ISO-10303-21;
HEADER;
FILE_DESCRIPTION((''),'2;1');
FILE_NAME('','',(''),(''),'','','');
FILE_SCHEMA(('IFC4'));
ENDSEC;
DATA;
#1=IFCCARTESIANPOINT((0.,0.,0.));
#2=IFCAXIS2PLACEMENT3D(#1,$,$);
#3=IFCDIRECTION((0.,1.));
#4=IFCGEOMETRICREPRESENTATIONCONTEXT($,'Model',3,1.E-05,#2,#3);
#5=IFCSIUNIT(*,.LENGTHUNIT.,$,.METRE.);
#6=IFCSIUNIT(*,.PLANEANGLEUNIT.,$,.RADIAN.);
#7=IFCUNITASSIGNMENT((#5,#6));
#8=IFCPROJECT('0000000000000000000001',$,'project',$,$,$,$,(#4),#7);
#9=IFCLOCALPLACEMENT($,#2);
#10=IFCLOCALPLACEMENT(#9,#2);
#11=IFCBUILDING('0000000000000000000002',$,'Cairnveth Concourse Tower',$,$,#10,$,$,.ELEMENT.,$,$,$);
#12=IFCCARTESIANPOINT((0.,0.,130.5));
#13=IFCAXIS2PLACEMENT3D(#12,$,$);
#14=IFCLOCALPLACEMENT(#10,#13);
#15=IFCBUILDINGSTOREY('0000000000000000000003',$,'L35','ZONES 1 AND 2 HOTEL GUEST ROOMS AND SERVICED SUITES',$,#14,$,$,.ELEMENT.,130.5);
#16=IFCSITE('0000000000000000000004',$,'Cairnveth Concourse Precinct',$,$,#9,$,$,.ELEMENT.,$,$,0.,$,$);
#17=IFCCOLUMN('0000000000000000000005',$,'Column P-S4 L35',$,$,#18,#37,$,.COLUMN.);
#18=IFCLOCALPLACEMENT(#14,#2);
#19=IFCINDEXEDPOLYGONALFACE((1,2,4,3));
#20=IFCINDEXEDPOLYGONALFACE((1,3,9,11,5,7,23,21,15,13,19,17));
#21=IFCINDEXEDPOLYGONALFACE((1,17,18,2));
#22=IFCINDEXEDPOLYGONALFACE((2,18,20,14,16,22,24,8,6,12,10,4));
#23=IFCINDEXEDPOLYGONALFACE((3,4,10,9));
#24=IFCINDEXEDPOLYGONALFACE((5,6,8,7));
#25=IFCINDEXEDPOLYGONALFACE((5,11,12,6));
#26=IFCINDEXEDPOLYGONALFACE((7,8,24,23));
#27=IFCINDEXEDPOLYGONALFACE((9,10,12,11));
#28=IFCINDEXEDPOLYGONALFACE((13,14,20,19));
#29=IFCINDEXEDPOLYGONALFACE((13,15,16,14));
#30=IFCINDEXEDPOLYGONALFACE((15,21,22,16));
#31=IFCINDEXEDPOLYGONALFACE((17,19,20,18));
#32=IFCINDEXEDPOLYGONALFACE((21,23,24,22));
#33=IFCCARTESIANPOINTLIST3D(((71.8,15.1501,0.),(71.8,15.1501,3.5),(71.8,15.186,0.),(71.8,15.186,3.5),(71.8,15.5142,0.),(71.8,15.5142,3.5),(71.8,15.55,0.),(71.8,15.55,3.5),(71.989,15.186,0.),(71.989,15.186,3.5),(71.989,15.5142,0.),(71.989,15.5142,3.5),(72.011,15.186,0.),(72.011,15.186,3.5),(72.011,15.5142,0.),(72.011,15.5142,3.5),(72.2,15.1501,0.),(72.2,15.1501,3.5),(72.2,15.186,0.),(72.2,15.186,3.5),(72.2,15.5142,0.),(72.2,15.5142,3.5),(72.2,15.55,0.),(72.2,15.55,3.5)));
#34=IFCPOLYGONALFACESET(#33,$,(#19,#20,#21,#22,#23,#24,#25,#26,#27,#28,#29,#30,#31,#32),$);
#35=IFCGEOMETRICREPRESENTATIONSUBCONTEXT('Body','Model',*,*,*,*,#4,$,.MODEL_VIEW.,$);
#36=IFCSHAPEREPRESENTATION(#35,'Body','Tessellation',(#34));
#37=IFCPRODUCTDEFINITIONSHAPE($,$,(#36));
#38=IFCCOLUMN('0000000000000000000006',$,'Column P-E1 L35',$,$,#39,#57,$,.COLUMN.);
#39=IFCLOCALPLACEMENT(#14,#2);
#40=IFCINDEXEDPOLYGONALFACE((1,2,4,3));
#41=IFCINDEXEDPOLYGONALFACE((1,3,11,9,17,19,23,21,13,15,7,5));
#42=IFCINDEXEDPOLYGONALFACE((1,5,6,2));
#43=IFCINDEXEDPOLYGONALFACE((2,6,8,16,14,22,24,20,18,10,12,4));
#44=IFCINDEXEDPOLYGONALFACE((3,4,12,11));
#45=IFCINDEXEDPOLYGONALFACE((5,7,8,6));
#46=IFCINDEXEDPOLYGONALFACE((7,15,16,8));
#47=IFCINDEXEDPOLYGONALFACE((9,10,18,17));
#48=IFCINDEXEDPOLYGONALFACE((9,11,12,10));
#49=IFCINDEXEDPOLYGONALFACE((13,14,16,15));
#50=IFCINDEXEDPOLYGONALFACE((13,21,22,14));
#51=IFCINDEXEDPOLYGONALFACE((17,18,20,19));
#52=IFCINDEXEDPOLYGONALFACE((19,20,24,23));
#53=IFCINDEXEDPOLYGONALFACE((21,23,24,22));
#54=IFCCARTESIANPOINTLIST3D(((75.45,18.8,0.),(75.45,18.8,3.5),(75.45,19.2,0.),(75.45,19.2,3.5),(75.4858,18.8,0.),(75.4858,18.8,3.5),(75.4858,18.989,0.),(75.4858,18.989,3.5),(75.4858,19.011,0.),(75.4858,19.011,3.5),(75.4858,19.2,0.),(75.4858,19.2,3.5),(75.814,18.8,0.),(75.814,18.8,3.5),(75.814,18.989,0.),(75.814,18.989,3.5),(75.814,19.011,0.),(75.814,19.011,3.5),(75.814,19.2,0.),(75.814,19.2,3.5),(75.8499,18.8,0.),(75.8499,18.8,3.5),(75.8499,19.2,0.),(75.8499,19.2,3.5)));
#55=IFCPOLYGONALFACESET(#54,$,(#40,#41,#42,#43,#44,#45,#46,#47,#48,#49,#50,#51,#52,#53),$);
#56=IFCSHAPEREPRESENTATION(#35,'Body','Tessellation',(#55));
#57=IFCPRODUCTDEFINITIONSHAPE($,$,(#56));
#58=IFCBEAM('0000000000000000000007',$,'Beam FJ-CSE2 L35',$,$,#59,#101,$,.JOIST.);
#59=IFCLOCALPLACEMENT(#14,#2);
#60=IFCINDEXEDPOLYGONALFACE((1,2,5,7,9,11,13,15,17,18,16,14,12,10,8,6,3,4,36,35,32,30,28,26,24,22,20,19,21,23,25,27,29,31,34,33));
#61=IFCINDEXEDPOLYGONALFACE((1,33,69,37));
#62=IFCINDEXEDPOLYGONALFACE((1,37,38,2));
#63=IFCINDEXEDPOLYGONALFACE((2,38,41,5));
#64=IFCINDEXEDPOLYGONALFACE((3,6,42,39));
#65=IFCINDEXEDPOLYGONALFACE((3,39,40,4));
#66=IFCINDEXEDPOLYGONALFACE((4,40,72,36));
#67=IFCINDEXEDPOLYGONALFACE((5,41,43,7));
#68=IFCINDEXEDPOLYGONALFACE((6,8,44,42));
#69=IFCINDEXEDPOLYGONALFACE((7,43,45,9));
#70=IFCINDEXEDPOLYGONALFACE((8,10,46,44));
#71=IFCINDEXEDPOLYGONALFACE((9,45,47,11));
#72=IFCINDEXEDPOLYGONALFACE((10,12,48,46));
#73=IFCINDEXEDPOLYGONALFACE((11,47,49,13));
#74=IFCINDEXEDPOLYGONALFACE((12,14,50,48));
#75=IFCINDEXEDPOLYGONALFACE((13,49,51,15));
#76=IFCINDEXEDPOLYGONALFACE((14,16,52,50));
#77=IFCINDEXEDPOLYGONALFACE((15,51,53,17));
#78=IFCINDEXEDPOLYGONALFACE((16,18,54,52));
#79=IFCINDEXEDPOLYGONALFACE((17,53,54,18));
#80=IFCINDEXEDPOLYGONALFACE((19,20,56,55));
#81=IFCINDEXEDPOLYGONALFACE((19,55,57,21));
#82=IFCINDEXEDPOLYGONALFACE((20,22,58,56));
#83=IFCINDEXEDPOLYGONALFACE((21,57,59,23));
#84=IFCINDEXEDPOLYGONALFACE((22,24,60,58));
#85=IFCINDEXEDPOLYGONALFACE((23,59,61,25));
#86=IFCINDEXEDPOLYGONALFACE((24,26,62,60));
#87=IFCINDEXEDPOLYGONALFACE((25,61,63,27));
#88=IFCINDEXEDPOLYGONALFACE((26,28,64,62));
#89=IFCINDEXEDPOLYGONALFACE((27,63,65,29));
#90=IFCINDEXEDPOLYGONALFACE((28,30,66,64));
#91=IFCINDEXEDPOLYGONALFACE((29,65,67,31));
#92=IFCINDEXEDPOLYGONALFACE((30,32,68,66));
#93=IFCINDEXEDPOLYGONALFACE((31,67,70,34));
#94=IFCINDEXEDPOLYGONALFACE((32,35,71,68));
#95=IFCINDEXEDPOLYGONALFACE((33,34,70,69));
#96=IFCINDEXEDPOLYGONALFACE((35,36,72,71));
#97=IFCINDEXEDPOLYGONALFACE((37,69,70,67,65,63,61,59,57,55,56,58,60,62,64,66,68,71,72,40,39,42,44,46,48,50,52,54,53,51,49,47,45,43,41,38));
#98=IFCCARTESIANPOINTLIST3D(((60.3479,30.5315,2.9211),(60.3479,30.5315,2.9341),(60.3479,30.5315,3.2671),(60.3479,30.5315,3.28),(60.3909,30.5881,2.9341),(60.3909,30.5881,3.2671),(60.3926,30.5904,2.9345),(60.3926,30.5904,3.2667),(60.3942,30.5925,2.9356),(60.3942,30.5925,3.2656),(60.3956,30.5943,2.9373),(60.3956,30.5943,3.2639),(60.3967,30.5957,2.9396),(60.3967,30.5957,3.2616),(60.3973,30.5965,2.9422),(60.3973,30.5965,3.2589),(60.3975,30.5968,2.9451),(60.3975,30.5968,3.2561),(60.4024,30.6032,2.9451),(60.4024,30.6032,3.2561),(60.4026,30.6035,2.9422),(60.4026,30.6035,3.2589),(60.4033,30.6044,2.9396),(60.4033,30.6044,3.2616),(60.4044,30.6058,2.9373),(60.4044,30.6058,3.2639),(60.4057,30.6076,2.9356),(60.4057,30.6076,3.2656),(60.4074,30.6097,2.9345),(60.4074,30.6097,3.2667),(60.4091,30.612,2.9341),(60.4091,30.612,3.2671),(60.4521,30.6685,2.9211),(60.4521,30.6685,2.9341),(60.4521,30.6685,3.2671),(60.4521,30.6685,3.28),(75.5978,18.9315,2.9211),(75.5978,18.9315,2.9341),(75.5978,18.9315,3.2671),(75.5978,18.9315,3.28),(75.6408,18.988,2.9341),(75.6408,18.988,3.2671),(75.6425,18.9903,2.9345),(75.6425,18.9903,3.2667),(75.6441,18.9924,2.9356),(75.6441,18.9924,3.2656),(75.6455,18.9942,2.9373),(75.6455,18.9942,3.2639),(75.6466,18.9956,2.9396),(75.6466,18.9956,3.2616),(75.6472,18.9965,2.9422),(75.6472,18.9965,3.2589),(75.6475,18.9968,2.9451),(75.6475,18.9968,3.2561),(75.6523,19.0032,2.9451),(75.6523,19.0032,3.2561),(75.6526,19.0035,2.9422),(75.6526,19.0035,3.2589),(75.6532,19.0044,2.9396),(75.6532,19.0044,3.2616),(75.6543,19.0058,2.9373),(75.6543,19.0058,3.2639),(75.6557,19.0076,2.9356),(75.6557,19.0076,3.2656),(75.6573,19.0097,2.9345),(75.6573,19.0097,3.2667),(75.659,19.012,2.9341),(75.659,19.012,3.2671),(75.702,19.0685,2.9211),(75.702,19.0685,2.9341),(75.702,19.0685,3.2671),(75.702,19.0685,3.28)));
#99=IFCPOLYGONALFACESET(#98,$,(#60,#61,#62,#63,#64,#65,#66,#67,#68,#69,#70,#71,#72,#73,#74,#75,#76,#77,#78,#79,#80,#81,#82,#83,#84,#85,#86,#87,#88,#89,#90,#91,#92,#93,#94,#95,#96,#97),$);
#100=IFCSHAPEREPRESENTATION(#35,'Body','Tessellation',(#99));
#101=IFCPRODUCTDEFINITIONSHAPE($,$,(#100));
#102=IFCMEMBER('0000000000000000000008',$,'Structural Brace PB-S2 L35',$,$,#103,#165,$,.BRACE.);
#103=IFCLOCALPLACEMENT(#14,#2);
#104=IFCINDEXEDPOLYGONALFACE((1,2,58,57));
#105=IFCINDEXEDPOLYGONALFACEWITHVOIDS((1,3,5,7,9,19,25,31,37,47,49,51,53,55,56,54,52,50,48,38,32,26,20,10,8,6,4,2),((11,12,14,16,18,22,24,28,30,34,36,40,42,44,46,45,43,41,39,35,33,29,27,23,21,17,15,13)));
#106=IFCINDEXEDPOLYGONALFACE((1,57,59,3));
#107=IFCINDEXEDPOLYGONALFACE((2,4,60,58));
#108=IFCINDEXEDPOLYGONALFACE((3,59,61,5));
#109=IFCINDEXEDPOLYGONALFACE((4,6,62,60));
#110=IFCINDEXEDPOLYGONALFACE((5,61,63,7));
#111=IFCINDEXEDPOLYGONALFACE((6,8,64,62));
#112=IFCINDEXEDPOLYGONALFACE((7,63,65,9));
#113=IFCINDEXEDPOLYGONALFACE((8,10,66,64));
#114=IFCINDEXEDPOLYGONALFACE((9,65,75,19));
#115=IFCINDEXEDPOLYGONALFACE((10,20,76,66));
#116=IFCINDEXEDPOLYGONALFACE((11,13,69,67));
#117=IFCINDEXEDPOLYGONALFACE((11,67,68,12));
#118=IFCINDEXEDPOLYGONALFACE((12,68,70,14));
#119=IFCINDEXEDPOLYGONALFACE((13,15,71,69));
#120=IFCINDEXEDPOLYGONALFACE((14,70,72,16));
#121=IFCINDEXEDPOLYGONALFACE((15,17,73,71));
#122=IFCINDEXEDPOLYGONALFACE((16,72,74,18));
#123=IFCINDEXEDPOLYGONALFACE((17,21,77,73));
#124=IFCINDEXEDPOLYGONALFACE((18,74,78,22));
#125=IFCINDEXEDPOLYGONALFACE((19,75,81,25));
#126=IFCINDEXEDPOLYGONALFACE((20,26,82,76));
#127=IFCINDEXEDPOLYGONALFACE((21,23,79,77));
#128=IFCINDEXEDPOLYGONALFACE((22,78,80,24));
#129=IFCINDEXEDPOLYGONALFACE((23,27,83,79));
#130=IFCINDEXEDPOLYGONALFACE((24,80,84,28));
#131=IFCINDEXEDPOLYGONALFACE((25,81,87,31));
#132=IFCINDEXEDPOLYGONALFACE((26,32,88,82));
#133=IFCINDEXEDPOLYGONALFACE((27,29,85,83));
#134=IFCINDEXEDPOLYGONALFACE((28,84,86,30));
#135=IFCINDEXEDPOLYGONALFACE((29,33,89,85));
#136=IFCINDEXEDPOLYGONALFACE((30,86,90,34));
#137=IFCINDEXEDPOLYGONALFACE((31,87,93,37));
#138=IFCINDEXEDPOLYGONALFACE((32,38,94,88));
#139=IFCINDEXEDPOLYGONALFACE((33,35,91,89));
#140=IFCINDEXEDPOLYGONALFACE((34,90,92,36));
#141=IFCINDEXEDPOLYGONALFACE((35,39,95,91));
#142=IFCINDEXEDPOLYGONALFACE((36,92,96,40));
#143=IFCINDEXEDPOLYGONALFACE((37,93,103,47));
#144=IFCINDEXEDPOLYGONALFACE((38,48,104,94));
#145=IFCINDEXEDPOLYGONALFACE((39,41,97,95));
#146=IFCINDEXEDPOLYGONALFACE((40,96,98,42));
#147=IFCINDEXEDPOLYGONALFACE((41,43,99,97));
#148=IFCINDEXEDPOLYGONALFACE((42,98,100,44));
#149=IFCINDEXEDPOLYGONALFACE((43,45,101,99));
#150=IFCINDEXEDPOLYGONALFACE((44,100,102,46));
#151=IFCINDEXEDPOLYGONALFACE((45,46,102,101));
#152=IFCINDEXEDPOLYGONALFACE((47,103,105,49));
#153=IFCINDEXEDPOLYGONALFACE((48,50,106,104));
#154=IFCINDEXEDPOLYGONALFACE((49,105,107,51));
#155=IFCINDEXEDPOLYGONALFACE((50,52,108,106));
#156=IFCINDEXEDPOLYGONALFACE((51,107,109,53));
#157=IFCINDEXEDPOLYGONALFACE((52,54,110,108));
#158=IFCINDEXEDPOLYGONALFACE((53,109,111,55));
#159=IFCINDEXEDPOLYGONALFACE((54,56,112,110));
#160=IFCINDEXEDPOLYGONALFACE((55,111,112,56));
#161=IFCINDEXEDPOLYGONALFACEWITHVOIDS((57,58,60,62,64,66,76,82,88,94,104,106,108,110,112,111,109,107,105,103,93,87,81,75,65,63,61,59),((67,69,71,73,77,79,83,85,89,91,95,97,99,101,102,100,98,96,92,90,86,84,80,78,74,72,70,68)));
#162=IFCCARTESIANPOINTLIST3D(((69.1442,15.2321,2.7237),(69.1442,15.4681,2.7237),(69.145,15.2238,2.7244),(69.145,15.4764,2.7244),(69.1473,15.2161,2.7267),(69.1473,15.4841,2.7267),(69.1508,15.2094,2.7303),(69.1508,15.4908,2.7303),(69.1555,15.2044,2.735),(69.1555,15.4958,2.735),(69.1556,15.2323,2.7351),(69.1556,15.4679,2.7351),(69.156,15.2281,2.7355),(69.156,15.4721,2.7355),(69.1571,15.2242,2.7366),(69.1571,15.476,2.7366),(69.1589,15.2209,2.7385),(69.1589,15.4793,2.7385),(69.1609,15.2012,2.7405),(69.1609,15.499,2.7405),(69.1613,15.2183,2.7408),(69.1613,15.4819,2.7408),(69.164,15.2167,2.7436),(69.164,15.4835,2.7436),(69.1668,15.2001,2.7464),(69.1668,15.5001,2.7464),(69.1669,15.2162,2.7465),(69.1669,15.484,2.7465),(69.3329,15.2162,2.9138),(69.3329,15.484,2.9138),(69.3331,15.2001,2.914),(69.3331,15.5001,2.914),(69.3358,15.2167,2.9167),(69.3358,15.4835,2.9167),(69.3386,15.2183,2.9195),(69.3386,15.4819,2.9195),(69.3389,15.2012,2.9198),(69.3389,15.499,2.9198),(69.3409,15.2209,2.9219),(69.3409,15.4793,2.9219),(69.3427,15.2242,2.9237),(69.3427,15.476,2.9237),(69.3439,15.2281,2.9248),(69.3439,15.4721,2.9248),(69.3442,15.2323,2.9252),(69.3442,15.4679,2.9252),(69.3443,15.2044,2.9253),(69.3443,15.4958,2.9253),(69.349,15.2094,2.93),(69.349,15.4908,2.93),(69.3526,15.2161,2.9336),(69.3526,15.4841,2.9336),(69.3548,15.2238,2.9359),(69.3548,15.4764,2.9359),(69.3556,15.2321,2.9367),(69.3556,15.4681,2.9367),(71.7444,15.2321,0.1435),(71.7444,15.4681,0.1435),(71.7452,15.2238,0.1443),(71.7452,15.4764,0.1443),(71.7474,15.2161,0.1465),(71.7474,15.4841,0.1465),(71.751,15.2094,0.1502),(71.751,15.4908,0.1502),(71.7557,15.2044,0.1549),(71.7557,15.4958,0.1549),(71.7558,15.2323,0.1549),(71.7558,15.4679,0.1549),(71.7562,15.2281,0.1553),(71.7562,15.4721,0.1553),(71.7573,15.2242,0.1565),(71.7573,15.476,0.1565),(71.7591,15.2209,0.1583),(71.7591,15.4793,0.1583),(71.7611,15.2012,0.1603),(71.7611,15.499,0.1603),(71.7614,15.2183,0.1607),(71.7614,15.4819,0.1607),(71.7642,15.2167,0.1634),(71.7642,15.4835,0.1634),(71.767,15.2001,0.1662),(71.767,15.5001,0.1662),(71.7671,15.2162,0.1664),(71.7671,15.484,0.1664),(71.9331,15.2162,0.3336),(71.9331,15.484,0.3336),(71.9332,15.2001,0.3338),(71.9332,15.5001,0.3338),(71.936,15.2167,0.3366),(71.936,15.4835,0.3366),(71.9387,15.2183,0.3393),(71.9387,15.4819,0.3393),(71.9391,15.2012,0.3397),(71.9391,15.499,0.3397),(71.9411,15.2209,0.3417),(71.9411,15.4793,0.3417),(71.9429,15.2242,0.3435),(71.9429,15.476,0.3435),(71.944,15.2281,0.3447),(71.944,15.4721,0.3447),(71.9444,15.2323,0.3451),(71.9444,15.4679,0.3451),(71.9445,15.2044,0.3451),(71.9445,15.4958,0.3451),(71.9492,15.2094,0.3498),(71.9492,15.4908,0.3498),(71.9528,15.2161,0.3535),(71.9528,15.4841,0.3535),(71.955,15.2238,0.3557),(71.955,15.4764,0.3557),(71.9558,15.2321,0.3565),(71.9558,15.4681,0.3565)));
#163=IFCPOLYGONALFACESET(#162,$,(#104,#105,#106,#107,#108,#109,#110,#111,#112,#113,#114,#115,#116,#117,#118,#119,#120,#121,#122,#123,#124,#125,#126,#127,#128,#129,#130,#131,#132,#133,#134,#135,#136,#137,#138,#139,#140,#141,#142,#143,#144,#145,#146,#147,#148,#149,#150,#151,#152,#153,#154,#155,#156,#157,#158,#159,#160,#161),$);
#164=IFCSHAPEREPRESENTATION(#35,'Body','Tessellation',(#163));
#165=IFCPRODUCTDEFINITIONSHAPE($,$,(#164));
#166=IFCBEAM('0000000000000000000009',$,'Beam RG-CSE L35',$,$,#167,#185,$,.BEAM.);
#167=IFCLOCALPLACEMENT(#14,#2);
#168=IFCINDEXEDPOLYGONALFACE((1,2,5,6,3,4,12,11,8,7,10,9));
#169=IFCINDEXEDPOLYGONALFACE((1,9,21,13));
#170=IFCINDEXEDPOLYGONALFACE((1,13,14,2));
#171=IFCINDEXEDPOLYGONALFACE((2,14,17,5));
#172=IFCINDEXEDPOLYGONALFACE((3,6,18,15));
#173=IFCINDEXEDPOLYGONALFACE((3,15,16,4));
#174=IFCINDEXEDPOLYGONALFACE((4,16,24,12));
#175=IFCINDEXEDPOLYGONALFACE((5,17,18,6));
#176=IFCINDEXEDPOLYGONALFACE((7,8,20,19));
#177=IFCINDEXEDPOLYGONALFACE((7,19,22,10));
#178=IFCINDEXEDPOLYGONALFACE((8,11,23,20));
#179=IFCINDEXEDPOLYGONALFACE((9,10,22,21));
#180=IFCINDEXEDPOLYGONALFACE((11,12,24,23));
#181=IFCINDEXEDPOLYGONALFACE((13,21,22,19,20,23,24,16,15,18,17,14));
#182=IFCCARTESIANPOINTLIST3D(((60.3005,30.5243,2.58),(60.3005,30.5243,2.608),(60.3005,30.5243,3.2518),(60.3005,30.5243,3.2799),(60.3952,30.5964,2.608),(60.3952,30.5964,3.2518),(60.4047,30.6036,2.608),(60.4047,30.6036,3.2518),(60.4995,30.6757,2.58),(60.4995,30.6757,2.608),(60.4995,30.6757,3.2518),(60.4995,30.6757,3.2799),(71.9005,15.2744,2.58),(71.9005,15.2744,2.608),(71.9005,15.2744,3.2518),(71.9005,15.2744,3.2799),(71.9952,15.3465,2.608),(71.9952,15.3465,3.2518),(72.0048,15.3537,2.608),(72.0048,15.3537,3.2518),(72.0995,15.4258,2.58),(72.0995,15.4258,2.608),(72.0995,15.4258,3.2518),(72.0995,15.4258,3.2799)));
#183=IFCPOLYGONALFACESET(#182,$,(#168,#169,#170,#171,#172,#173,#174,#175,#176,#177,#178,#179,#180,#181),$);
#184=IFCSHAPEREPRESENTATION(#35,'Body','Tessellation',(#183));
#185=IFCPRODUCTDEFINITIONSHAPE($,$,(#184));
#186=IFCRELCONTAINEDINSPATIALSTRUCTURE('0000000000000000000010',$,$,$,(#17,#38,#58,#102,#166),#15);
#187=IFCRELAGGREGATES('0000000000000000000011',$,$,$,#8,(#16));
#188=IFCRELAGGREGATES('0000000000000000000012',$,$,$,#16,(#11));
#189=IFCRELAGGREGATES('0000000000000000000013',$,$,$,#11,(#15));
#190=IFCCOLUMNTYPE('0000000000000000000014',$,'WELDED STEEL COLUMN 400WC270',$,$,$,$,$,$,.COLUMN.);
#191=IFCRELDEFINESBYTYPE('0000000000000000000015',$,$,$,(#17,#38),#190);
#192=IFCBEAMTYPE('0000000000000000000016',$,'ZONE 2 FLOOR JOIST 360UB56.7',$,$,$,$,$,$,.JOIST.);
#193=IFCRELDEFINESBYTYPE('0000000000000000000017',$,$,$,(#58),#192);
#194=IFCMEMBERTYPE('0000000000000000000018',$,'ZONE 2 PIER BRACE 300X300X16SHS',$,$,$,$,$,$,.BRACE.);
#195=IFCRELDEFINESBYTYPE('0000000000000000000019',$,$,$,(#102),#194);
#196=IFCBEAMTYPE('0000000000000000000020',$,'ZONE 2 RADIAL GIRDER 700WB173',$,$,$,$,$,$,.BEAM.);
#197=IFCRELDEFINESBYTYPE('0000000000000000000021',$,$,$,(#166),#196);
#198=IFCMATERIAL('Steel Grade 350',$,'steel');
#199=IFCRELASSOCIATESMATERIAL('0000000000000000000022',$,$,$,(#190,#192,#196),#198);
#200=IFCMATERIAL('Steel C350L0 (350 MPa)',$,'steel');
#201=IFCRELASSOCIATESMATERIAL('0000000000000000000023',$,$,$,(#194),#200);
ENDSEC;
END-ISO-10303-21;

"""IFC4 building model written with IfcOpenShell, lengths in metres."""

from ifc_helpers import new_model, si_unit, direction, frame, origin, origin_2d, place, context, subcontext, project, spatial, hollow_rectangle, i_section, extrude, material, material_profile, profile_set, type_object, element, save


model = new_model("IFC4")

# Units and contexts
model_context = context("Model", 3, precision=1e-05, world=origin(), true_north=direction((0.0, 1.0)))
body_context = subcontext(model_context, "Body", "Model", "MODEL_VIEW")
ifc_project = project(units=[si_unit("LENGTHUNIT", "METRE"), si_unit("PLANEANGLEUNIT", "RADIAN")], contexts=[model_context])

# Site, building, storey
site_placement = place(None, origin())
site = spatial("IfcSite", under=ifc_project, at=site_placement, Name="Cairnveth Concourse Precinct", CompositionType="ELEMENT", RefElevation=0.0)
building_placement = place(site_placement, origin())
building = spatial("IfcBuilding", under=site, at=building_placement, Name="Cairnveth Concourse Tower", CompositionType="ELEMENT")
storey_placement = place(building_placement, frame((0.0, 0.0, 130.5)))
storey = spatial("IfcBuildingStorey", under=building, at=storey_placement, Name="L35", Description="ZONES 1 AND 2 HOTEL GUEST ROOMS AND SERVICED SUITES", CompositionType="ELEMENT", Elevation=130.5)

# Columns
ifc_material_1 = material(Name="Steel Grade 350", Category="steel")
ifc_material_profile_1 = material_profile(ifc_material_1, i_section(OverallWidth=0.3999, OverallDepth=0.3999, WebThickness=0.022, FlangeThickness=0.0359, at=origin_2d()), Name="400WC270")
ifc_profile_set_1 = profile_set([ifc_material_profile_1], Name="Steel Grade 350")
column_type = type_object("IfcColumnType", Name="WELDED STEEL COLUMN 400WC270", PredefinedType="COLUMN", material=ifc_profile_set_1)
for number, where, z_axis, x_axis, name in (
    (1, (72.0, 15.3501, 0.0), (0.0, 0.0, 1.0), (1.0, 0.0, 0.0), "Column P-S4 L35"),
    (2, (75.6499, 19.0, 0.0), (0.0, 0.0, 1.0), (0.0, 1.0, 0.0), "Column P-E1 L35"),
):
    element("IfcColumn", number, at=place(storey_placement, frame(where, z_axis=z_axis, x_axis=x_axis)), inside=storey, type_object=column_type, Name=name, PredefinedType="COLUMN", context=body_context, shape_type="SweptSolid", body=[
        extrude(i_section(OverallWidth=0.3999, OverallDepth=0.3999, WebThickness=0.022, FlangeThickness=0.0359, at=origin_2d()), origin(), (0.0, 0.0, 1.0), 3.5),
    ])

# Beam
ifc_material_profile_2 = material_profile(ifc_material_1, i_section(OverallWidth=0.1721, OverallDepth=0.3589, WebThickness=0.0081, FlangeThickness=0.0129, FilletRadius=0.011, at=origin_2d()), Name="360UB56.7")
ifc_profile_set_2 = profile_set([ifc_material_profile_2], Name="Steel Grade 350")
beam_type_1 = type_object("IfcBeamType", Name="ZONE 2 FLOOR JOIST 360UB56.7", PredefinedType="JOIST", material=ifc_profile_set_2)
beam_1_placement = place(storey_placement, frame((75.6499, 19.0, 3.1006), z_axis=(-0.795908, 0.605417, 0.0), x_axis=(-0.605417, -0.795908, 0.0)))
element("IfcBeam", 3, at=beam_1_placement, inside=storey, type_object=beam_type_1, Name="Beam FJ-CSE2 L35", PredefinedType="JOIST", context=body_context, shape_type="SweptSolid", body=[
    extrude(i_section(OverallWidth=0.1721, OverallDepth=0.3589, WebThickness=0.0081, FlangeThickness=0.0129, FilletRadius=0.011, at=origin_2d()), origin(), (0.0, 0.0, 1.0), 19.1604),
])

# Member
ifc_material_2 = material(Name="Steel C350L0 (350 MPa)", Category="steel")
ifc_material_profile_3 = material_profile(ifc_material_2, hollow_rectangle(XDim=0.3, YDim=0.3, WallThickness=0.0161, InnerFilletRadius=0.0161, OuterFilletRadius=0.032, at=origin_2d()), Name="300x300x16.0SHS")
ifc_profile_set_3 = profile_set([ifc_material_profile_3], Name="Steel C350L0 (350 MPa)")
member_type = type_object("IfcMemberType", Name="ZONE 2 PIER BRACE 300X300X16SHS", PredefinedType="BRACE", material=ifc_profile_set_3)
member_placement = place(storey_placement, frame((71.8501, 15.3501, 0.25), z_axis=(-0.709834, 0.0, 0.704369), x_axis=(0.0, -1.0, 0.0)))
element("IfcMember", 4, at=member_placement, inside=storey, type_object=member_type, Name="Structural Brace PB-S2 L35", PredefinedType="BRACE", context=body_context, shape_type="SweptSolid", body=[
    extrude(hollow_rectangle(XDim=0.3, YDim=0.3, WallThickness=0.0161, InnerFilletRadius=0.0161, OuterFilletRadius=0.032, at=origin_2d()), origin(), (0.0, 0.0, 1.0), 3.6631),
])

# Beam
ifc_material_profile_4 = material_profile(ifc_material_1, i_section(OverallWidth=0.25, OverallDepth=0.7, WebThickness=0.012, FlangeThickness=0.0281, at=origin_2d()), Name="700WB173")
ifc_profile_set_4 = profile_set([ifc_material_profile_4], Name="Steel Grade 350")
beam_type_2 = type_object("IfcBeamType", Name="ZONE 2 RADIAL GIRDER 700WB173", PredefinedType="BEAM", material=ifc_profile_set_4)
beam_2_placement = place(storey_placement, frame((72.0, 15.3501, 2.9299), z_axis=(-0.605417, 0.795908, 0.0), x_axis=(-0.795908, -0.605417, 0.0)))
element("IfcBeam", 5, at=beam_2_placement, inside=storey, type_object=beam_type_2, Name="Beam RG-CSE L35", PredefinedType="BEAM", context=body_context, shape_type="SweptSolid", body=[
    extrude(i_section(OverallWidth=0.25, OverallDepth=0.7, WebThickness=0.012, FlangeThickness=0.0281, at=origin_2d()), origin(), (0.0, 0.0, 1.0), 19.1604),
])

save(model, "model.ifc")
